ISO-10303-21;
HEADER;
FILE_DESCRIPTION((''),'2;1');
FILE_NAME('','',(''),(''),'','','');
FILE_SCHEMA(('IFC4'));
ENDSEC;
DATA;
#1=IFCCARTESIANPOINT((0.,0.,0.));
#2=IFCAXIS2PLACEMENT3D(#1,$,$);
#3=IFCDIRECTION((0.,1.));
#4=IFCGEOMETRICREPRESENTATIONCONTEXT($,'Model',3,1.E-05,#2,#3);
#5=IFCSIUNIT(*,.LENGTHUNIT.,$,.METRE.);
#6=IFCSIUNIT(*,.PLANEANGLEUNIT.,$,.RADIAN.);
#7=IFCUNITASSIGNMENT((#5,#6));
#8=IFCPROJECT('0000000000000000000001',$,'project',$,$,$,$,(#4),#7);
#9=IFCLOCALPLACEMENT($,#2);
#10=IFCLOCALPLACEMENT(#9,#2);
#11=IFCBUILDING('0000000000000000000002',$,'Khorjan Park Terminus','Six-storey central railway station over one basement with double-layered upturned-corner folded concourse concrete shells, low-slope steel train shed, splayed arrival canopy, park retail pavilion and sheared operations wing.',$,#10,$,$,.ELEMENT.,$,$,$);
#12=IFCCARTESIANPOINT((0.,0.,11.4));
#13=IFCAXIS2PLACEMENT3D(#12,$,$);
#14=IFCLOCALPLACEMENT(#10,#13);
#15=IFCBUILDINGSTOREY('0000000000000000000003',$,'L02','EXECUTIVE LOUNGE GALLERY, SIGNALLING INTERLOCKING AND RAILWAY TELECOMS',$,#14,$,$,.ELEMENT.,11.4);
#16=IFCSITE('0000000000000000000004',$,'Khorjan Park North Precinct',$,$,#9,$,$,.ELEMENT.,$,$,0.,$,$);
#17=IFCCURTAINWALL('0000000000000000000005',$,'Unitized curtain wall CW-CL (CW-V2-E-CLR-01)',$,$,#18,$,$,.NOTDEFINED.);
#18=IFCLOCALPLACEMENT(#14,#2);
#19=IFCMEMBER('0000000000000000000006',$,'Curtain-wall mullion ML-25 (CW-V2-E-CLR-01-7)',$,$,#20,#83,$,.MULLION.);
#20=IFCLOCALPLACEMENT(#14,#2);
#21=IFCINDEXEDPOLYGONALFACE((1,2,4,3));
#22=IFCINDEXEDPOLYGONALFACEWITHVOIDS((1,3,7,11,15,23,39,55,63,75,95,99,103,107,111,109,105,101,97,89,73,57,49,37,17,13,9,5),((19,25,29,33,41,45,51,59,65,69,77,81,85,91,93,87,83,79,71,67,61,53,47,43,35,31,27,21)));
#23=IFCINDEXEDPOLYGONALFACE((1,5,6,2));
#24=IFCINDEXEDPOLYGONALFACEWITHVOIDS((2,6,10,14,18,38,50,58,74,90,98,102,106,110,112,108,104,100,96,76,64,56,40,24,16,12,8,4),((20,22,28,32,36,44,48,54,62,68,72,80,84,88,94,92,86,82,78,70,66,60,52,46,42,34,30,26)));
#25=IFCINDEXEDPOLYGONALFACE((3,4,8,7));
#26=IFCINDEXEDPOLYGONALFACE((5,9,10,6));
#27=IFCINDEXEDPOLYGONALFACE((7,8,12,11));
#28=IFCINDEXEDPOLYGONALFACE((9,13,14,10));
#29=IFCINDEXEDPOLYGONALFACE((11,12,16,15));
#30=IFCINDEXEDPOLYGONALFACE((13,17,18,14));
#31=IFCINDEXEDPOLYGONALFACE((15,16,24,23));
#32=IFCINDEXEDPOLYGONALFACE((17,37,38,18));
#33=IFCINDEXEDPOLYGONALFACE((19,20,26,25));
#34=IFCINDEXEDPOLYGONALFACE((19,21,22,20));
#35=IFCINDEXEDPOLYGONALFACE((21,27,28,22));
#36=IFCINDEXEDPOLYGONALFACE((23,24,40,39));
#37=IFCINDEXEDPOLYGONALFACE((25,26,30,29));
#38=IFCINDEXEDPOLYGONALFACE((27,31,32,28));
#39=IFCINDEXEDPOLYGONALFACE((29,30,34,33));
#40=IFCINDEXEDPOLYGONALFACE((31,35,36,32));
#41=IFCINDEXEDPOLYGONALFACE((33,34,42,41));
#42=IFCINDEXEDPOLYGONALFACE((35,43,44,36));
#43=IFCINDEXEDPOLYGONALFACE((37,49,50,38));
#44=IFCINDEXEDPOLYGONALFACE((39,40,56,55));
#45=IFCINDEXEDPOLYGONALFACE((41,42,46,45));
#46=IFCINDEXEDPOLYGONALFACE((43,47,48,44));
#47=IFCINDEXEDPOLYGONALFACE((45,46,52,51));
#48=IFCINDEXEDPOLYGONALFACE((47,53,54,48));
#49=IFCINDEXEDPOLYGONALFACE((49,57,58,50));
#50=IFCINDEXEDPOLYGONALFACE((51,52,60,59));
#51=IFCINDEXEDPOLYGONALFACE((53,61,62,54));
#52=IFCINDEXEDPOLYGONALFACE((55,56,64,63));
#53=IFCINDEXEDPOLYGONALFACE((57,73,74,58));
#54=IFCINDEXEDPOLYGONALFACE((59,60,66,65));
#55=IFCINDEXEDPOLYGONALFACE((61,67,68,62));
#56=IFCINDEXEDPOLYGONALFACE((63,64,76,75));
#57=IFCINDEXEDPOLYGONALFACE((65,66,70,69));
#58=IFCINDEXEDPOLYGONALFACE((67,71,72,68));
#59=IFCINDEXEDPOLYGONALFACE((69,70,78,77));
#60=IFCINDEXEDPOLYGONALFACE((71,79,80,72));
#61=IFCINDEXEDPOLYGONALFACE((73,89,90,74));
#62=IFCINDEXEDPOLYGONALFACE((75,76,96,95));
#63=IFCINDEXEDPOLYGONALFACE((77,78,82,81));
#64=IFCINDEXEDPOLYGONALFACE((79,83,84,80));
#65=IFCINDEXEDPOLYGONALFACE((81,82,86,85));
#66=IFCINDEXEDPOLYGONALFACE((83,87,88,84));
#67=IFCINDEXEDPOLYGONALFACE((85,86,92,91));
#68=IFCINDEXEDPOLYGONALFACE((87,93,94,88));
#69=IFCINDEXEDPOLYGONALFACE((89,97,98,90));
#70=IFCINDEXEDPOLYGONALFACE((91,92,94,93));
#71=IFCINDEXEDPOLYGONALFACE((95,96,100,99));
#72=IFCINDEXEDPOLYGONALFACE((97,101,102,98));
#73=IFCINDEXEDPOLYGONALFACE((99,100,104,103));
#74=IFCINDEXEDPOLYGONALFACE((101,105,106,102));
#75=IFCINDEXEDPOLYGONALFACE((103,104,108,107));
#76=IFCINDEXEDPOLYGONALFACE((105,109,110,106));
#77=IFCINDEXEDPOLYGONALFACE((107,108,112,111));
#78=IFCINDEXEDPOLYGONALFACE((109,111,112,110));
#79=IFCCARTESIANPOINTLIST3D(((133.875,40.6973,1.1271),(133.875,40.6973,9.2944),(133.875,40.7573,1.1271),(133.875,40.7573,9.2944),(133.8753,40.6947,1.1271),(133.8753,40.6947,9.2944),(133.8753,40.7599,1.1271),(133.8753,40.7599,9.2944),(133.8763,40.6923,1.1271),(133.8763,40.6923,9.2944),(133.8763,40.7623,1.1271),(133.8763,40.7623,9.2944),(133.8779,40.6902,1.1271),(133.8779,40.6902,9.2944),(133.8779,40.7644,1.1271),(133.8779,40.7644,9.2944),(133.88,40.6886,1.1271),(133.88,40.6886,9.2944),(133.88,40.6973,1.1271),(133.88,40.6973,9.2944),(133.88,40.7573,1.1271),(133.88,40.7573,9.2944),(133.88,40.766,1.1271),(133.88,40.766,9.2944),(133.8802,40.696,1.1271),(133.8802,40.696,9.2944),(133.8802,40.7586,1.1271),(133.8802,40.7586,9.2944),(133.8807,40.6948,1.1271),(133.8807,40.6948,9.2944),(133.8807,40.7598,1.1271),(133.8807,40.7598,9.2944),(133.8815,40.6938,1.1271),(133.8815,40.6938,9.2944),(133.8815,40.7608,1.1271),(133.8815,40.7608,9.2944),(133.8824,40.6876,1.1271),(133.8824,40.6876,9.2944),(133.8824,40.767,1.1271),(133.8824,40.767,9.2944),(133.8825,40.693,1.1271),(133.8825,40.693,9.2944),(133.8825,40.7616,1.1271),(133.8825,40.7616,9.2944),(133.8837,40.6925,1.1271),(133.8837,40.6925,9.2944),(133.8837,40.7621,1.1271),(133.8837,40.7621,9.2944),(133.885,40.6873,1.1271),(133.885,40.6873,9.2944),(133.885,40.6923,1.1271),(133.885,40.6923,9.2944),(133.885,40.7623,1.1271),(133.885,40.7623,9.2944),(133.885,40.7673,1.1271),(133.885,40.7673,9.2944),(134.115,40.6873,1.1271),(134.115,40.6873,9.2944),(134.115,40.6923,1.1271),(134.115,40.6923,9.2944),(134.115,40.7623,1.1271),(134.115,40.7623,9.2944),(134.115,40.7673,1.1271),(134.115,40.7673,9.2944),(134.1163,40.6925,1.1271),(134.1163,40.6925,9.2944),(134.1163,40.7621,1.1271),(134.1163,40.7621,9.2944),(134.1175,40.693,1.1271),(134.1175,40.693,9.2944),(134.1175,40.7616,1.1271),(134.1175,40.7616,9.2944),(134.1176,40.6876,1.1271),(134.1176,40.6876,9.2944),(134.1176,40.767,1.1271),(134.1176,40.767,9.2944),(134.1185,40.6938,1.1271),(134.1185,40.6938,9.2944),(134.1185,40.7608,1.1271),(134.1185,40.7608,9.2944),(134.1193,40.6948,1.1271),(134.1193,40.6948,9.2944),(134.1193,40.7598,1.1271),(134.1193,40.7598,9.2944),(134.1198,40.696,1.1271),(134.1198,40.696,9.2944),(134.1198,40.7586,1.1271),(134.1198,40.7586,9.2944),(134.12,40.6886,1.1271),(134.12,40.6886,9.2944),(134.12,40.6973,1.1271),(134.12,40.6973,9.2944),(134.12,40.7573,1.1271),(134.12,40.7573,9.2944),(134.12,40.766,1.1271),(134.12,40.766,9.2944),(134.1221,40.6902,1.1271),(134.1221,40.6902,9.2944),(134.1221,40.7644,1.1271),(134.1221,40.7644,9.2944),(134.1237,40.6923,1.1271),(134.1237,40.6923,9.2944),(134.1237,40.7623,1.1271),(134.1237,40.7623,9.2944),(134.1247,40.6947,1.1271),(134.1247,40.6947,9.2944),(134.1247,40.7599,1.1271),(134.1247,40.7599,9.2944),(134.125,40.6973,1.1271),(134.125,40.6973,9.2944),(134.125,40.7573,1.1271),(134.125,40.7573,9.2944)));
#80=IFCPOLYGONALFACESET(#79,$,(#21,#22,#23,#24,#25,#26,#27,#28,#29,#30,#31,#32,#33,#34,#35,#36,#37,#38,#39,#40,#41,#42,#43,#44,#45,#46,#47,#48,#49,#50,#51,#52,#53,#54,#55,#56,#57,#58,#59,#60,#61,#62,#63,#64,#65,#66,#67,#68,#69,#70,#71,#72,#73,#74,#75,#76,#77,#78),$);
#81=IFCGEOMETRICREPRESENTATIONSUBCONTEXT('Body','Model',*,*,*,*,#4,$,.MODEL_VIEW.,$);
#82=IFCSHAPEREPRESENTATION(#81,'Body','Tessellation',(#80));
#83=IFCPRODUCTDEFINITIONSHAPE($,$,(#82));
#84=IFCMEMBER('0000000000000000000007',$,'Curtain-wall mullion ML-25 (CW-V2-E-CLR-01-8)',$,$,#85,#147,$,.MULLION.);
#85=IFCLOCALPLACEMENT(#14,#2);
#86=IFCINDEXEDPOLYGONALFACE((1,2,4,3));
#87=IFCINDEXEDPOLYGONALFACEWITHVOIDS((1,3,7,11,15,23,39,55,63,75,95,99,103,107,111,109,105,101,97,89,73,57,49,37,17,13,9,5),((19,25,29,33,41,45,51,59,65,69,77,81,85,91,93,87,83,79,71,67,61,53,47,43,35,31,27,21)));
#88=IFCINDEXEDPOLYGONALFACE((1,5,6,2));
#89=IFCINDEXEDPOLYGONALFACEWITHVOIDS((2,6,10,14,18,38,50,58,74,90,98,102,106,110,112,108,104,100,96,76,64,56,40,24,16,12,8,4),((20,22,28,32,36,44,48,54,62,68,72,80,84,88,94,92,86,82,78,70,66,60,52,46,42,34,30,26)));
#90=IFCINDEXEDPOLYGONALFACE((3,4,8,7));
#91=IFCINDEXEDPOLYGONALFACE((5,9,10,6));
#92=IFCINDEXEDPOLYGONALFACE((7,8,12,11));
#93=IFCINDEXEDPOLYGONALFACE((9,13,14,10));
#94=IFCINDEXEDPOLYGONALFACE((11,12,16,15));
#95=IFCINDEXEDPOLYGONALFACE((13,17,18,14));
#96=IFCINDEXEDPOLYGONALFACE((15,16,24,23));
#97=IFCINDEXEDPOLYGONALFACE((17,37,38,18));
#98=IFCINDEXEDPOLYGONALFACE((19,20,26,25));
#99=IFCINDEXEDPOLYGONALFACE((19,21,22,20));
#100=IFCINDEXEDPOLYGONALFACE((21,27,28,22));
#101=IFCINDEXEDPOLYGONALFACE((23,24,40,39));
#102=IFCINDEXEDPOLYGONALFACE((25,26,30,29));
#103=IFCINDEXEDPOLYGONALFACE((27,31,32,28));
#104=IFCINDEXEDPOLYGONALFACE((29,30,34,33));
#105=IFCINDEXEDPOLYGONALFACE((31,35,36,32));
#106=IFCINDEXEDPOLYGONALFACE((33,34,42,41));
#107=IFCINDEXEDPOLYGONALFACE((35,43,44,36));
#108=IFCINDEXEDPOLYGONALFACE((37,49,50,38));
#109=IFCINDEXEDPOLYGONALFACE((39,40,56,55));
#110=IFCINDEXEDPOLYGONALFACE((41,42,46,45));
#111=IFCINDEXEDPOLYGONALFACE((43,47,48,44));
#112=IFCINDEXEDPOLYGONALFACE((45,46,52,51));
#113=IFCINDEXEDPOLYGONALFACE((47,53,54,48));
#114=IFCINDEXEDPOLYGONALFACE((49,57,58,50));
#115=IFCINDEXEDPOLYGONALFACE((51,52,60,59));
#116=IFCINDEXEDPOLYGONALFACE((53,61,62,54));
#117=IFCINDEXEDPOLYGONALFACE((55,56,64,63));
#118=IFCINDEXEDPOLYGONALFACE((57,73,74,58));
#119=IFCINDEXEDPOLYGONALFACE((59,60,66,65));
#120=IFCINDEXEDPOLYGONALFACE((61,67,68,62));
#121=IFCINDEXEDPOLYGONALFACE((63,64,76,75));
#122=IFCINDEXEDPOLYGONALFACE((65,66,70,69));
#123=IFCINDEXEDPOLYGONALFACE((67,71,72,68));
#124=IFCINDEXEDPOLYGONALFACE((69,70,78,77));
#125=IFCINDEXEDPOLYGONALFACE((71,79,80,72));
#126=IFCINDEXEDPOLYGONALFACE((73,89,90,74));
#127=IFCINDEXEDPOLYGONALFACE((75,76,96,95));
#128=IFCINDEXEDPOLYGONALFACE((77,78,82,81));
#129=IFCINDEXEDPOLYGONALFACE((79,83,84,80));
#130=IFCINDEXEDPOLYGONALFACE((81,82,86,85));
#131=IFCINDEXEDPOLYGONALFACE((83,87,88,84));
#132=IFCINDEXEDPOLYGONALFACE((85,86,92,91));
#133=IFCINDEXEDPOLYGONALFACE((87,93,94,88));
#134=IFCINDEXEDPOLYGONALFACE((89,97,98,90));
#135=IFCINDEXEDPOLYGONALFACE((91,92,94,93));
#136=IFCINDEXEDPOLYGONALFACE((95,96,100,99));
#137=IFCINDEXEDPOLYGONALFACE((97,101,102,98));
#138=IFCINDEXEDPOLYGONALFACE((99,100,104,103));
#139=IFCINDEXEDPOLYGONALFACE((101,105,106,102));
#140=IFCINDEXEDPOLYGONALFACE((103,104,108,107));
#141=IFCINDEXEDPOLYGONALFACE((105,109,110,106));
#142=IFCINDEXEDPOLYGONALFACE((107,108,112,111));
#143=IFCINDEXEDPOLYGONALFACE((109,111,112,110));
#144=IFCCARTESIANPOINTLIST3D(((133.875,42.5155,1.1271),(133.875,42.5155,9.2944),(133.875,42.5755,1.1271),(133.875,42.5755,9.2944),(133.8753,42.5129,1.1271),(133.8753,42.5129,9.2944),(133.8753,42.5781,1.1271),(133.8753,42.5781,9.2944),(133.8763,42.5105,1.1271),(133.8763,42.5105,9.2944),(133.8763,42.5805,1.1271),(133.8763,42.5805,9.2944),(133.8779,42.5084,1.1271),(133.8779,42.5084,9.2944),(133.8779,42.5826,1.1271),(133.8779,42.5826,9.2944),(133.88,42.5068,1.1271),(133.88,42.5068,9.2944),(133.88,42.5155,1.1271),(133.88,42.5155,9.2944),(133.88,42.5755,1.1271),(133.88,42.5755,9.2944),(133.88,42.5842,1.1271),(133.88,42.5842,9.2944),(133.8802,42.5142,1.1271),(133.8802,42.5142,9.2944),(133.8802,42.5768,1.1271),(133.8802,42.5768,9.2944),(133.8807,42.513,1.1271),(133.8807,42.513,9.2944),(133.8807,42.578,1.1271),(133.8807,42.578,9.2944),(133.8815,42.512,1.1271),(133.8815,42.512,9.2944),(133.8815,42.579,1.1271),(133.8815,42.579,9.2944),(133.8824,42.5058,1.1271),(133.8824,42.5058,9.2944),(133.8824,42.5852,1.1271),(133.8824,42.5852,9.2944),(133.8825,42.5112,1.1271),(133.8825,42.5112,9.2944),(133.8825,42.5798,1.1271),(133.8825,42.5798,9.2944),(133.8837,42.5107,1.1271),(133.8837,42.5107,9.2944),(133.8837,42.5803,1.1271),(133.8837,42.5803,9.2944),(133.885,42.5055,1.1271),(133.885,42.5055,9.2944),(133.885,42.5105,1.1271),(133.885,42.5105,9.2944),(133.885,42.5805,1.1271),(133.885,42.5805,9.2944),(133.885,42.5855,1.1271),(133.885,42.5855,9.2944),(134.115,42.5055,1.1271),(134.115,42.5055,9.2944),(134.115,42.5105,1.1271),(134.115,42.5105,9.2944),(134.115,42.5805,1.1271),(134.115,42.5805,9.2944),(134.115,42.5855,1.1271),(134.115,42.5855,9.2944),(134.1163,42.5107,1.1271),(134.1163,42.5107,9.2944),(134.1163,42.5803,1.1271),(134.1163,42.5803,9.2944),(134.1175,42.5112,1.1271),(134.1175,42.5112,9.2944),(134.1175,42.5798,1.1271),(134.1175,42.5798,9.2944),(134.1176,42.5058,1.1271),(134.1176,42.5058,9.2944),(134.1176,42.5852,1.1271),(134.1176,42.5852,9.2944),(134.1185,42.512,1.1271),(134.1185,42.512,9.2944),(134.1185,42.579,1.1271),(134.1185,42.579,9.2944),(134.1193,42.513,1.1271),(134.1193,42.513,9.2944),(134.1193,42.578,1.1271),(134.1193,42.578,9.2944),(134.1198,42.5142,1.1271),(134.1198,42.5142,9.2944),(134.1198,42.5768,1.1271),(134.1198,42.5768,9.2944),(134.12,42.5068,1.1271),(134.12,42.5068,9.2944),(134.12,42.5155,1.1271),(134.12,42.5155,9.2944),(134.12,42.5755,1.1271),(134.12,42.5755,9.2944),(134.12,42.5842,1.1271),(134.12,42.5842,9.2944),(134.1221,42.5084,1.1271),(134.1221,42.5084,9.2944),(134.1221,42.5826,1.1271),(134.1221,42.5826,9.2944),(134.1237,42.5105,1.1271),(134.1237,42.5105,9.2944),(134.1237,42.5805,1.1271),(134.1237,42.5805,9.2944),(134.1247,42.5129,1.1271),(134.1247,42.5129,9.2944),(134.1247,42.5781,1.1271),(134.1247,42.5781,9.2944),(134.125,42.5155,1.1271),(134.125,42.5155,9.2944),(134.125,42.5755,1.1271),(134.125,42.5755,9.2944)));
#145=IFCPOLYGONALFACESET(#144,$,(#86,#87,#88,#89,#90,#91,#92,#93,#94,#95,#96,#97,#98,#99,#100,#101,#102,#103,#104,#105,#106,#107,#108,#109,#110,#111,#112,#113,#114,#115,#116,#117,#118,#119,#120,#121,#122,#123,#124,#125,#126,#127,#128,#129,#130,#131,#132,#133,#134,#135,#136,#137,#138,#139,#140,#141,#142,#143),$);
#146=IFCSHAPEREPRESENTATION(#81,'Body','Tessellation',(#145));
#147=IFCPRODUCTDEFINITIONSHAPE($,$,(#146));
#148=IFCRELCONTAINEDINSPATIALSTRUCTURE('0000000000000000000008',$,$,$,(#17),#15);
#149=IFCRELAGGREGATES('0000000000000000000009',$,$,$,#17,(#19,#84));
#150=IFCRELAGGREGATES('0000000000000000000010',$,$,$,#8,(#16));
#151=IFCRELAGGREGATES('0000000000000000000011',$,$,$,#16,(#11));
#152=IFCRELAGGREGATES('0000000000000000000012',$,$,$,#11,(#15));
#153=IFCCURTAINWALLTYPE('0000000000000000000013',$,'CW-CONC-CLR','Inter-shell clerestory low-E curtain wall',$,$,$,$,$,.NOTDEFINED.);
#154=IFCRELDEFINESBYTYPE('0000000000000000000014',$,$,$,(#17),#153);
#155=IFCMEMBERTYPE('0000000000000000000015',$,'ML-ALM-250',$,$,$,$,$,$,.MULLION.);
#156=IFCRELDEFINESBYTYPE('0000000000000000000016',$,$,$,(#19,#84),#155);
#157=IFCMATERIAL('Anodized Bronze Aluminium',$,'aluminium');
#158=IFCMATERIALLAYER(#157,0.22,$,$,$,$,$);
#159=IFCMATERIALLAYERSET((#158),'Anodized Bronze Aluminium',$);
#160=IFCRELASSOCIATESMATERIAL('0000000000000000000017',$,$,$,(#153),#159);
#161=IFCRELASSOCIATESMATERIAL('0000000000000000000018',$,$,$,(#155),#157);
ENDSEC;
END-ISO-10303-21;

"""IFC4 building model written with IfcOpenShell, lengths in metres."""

from ifc_helpers import new_model, si_unit, direction, frame, origin, origin_2d, place, context, subcontext, project, spatial, hollow_rectangle, extrude, material, layer, layer_set, material_profile, profile_set, type_object, element, aggregate, save


model = new_model("IFC4")

# Units and contexts
model_context = context("Model", 3, precision=1e-05, world=origin(), true_north=direction((0.0, 1.0)))
body_context = subcontext(model_context, "Body", "Model", "MODEL_VIEW")
ifc_project = project(units=[si_unit("LENGTHUNIT", "METRE"), si_unit("PLANEANGLEUNIT", "RADIAN")], contexts=[model_context])

# Site, building, storey
site_placement = place(None, origin())
site = spatial("IfcSite", under=ifc_project, at=site_placement, Name="Khorjan Park North Precinct", CompositionType="ELEMENT", RefElevation=0.0)
building_placement = place(site_placement, origin())
building = spatial("IfcBuilding", under=site, at=building_placement, Name="Khorjan Park Terminus", Description="Six-storey central railway station over one basement with double-layered upturned-corner folded concourse concrete shells, low-slope steel train shed, splayed arrival canopy, park retail pavilion and sheared operations wing.", CompositionType="ELEMENT")
storey_placement = place(building_placement, frame((0.0, 0.0, 11.4)))
storey = spatial("IfcBuildingStorey", under=building, at=storey_placement, Name="L02", Description="EXECUTIVE LOUNGE GALLERY, SIGNALLING INTERLOCKING AND RAILWAY TELECOMS", CompositionType="ELEMENT", Elevation=11.4)

# Curtain wall, members
ifc_material_1 = material(Name="Anodized Bronze Aluminium", Category="aluminium")
ifc_layer_1 = layer(ifc_material_1, 0.22)
ifc_layer_set_1 = layer_set([ifc_layer_1], Name="Anodized Bronze Aluminium")
curtain_wall_type = type_object("IfcCurtainWallType", Name="CW-CONC-CLR", Description="Inter-shell clerestory low-E curtain wall", PredefinedType="NOTDEFINED", material=ifc_layer_set_1)
curtain_wall_placement = place(storey_placement, origin())
curtain_wall = element("IfcCurtainWall", 1, at=curtain_wall_placement, inside=storey, type_object=curtain_wall_type, Name="Unitized curtain wall CW-CL (CW-V2-E-CLR-01)", PredefinedType="NOTDEFINED")
ifc_material_profile_1 = material_profile(ifc_material_1, hollow_rectangle(XDim=0.08, YDim=0.25, WallThickness=0.005, InnerFilletRadius=0.005, OuterFilletRadius=0.01, at=origin_2d()), Name="ALM 80x250x5")
ifc_profile_set_1 = profile_set([ifc_material_profile_1], Name="Anodized Bronze Aluminium")
member_type_1 = type_object("IfcMemberType", Name="ML-ALM-250", PredefinedType="MULLION", material=ifc_profile_set_1)
member_1_placement = place(storey_placement, frame((134.0, 40.7273, 1.1271), z_axis=(0.0, 0.0, 1.0), x_axis=(0.0, 1.0, 0.0)))
member_1 = element("IfcMember", 2, at=member_1_placement, type_object=member_type_1, Name="Curtain-wall mullion ML-25 (CW-V2-E-CLR-01-7)", PredefinedType="MULLION", context=body_context, shape_type="SweptSolid", body=[
    extrude(hollow_rectangle(XDim=0.08, YDim=0.25, WallThickness=0.005, InnerFilletRadius=0.005, OuterFilletRadius=0.01, at=origin_2d()), origin(), (0.0, 0.0, 1.0), 8.1673),
])
member_2_placement = place(storey_placement, frame((134.0, 42.5455, 1.1271), z_axis=(0.0, 0.0, 1.0), x_axis=(0.0, 1.0, 0.0)))
member_2 = element("IfcMember", 3, at=member_2_placement, type_object=member_type_1, Name="Curtain-wall mullion ML-25 (CW-V2-E-CLR-01-8)", PredefinedType="MULLION", context=body_context, shape_type="SweptSolid", body=[
    extrude(hollow_rectangle(XDim=0.08, YDim=0.25, WallThickness=0.005, InnerFilletRadius=0.005, OuterFilletRadius=0.01, at=origin_2d()), origin(), (0.0, 0.0, 1.0), 8.1673),
])

aggregate(curtain_wall, [member_1, member_2])

save(model, "model.ifc")
